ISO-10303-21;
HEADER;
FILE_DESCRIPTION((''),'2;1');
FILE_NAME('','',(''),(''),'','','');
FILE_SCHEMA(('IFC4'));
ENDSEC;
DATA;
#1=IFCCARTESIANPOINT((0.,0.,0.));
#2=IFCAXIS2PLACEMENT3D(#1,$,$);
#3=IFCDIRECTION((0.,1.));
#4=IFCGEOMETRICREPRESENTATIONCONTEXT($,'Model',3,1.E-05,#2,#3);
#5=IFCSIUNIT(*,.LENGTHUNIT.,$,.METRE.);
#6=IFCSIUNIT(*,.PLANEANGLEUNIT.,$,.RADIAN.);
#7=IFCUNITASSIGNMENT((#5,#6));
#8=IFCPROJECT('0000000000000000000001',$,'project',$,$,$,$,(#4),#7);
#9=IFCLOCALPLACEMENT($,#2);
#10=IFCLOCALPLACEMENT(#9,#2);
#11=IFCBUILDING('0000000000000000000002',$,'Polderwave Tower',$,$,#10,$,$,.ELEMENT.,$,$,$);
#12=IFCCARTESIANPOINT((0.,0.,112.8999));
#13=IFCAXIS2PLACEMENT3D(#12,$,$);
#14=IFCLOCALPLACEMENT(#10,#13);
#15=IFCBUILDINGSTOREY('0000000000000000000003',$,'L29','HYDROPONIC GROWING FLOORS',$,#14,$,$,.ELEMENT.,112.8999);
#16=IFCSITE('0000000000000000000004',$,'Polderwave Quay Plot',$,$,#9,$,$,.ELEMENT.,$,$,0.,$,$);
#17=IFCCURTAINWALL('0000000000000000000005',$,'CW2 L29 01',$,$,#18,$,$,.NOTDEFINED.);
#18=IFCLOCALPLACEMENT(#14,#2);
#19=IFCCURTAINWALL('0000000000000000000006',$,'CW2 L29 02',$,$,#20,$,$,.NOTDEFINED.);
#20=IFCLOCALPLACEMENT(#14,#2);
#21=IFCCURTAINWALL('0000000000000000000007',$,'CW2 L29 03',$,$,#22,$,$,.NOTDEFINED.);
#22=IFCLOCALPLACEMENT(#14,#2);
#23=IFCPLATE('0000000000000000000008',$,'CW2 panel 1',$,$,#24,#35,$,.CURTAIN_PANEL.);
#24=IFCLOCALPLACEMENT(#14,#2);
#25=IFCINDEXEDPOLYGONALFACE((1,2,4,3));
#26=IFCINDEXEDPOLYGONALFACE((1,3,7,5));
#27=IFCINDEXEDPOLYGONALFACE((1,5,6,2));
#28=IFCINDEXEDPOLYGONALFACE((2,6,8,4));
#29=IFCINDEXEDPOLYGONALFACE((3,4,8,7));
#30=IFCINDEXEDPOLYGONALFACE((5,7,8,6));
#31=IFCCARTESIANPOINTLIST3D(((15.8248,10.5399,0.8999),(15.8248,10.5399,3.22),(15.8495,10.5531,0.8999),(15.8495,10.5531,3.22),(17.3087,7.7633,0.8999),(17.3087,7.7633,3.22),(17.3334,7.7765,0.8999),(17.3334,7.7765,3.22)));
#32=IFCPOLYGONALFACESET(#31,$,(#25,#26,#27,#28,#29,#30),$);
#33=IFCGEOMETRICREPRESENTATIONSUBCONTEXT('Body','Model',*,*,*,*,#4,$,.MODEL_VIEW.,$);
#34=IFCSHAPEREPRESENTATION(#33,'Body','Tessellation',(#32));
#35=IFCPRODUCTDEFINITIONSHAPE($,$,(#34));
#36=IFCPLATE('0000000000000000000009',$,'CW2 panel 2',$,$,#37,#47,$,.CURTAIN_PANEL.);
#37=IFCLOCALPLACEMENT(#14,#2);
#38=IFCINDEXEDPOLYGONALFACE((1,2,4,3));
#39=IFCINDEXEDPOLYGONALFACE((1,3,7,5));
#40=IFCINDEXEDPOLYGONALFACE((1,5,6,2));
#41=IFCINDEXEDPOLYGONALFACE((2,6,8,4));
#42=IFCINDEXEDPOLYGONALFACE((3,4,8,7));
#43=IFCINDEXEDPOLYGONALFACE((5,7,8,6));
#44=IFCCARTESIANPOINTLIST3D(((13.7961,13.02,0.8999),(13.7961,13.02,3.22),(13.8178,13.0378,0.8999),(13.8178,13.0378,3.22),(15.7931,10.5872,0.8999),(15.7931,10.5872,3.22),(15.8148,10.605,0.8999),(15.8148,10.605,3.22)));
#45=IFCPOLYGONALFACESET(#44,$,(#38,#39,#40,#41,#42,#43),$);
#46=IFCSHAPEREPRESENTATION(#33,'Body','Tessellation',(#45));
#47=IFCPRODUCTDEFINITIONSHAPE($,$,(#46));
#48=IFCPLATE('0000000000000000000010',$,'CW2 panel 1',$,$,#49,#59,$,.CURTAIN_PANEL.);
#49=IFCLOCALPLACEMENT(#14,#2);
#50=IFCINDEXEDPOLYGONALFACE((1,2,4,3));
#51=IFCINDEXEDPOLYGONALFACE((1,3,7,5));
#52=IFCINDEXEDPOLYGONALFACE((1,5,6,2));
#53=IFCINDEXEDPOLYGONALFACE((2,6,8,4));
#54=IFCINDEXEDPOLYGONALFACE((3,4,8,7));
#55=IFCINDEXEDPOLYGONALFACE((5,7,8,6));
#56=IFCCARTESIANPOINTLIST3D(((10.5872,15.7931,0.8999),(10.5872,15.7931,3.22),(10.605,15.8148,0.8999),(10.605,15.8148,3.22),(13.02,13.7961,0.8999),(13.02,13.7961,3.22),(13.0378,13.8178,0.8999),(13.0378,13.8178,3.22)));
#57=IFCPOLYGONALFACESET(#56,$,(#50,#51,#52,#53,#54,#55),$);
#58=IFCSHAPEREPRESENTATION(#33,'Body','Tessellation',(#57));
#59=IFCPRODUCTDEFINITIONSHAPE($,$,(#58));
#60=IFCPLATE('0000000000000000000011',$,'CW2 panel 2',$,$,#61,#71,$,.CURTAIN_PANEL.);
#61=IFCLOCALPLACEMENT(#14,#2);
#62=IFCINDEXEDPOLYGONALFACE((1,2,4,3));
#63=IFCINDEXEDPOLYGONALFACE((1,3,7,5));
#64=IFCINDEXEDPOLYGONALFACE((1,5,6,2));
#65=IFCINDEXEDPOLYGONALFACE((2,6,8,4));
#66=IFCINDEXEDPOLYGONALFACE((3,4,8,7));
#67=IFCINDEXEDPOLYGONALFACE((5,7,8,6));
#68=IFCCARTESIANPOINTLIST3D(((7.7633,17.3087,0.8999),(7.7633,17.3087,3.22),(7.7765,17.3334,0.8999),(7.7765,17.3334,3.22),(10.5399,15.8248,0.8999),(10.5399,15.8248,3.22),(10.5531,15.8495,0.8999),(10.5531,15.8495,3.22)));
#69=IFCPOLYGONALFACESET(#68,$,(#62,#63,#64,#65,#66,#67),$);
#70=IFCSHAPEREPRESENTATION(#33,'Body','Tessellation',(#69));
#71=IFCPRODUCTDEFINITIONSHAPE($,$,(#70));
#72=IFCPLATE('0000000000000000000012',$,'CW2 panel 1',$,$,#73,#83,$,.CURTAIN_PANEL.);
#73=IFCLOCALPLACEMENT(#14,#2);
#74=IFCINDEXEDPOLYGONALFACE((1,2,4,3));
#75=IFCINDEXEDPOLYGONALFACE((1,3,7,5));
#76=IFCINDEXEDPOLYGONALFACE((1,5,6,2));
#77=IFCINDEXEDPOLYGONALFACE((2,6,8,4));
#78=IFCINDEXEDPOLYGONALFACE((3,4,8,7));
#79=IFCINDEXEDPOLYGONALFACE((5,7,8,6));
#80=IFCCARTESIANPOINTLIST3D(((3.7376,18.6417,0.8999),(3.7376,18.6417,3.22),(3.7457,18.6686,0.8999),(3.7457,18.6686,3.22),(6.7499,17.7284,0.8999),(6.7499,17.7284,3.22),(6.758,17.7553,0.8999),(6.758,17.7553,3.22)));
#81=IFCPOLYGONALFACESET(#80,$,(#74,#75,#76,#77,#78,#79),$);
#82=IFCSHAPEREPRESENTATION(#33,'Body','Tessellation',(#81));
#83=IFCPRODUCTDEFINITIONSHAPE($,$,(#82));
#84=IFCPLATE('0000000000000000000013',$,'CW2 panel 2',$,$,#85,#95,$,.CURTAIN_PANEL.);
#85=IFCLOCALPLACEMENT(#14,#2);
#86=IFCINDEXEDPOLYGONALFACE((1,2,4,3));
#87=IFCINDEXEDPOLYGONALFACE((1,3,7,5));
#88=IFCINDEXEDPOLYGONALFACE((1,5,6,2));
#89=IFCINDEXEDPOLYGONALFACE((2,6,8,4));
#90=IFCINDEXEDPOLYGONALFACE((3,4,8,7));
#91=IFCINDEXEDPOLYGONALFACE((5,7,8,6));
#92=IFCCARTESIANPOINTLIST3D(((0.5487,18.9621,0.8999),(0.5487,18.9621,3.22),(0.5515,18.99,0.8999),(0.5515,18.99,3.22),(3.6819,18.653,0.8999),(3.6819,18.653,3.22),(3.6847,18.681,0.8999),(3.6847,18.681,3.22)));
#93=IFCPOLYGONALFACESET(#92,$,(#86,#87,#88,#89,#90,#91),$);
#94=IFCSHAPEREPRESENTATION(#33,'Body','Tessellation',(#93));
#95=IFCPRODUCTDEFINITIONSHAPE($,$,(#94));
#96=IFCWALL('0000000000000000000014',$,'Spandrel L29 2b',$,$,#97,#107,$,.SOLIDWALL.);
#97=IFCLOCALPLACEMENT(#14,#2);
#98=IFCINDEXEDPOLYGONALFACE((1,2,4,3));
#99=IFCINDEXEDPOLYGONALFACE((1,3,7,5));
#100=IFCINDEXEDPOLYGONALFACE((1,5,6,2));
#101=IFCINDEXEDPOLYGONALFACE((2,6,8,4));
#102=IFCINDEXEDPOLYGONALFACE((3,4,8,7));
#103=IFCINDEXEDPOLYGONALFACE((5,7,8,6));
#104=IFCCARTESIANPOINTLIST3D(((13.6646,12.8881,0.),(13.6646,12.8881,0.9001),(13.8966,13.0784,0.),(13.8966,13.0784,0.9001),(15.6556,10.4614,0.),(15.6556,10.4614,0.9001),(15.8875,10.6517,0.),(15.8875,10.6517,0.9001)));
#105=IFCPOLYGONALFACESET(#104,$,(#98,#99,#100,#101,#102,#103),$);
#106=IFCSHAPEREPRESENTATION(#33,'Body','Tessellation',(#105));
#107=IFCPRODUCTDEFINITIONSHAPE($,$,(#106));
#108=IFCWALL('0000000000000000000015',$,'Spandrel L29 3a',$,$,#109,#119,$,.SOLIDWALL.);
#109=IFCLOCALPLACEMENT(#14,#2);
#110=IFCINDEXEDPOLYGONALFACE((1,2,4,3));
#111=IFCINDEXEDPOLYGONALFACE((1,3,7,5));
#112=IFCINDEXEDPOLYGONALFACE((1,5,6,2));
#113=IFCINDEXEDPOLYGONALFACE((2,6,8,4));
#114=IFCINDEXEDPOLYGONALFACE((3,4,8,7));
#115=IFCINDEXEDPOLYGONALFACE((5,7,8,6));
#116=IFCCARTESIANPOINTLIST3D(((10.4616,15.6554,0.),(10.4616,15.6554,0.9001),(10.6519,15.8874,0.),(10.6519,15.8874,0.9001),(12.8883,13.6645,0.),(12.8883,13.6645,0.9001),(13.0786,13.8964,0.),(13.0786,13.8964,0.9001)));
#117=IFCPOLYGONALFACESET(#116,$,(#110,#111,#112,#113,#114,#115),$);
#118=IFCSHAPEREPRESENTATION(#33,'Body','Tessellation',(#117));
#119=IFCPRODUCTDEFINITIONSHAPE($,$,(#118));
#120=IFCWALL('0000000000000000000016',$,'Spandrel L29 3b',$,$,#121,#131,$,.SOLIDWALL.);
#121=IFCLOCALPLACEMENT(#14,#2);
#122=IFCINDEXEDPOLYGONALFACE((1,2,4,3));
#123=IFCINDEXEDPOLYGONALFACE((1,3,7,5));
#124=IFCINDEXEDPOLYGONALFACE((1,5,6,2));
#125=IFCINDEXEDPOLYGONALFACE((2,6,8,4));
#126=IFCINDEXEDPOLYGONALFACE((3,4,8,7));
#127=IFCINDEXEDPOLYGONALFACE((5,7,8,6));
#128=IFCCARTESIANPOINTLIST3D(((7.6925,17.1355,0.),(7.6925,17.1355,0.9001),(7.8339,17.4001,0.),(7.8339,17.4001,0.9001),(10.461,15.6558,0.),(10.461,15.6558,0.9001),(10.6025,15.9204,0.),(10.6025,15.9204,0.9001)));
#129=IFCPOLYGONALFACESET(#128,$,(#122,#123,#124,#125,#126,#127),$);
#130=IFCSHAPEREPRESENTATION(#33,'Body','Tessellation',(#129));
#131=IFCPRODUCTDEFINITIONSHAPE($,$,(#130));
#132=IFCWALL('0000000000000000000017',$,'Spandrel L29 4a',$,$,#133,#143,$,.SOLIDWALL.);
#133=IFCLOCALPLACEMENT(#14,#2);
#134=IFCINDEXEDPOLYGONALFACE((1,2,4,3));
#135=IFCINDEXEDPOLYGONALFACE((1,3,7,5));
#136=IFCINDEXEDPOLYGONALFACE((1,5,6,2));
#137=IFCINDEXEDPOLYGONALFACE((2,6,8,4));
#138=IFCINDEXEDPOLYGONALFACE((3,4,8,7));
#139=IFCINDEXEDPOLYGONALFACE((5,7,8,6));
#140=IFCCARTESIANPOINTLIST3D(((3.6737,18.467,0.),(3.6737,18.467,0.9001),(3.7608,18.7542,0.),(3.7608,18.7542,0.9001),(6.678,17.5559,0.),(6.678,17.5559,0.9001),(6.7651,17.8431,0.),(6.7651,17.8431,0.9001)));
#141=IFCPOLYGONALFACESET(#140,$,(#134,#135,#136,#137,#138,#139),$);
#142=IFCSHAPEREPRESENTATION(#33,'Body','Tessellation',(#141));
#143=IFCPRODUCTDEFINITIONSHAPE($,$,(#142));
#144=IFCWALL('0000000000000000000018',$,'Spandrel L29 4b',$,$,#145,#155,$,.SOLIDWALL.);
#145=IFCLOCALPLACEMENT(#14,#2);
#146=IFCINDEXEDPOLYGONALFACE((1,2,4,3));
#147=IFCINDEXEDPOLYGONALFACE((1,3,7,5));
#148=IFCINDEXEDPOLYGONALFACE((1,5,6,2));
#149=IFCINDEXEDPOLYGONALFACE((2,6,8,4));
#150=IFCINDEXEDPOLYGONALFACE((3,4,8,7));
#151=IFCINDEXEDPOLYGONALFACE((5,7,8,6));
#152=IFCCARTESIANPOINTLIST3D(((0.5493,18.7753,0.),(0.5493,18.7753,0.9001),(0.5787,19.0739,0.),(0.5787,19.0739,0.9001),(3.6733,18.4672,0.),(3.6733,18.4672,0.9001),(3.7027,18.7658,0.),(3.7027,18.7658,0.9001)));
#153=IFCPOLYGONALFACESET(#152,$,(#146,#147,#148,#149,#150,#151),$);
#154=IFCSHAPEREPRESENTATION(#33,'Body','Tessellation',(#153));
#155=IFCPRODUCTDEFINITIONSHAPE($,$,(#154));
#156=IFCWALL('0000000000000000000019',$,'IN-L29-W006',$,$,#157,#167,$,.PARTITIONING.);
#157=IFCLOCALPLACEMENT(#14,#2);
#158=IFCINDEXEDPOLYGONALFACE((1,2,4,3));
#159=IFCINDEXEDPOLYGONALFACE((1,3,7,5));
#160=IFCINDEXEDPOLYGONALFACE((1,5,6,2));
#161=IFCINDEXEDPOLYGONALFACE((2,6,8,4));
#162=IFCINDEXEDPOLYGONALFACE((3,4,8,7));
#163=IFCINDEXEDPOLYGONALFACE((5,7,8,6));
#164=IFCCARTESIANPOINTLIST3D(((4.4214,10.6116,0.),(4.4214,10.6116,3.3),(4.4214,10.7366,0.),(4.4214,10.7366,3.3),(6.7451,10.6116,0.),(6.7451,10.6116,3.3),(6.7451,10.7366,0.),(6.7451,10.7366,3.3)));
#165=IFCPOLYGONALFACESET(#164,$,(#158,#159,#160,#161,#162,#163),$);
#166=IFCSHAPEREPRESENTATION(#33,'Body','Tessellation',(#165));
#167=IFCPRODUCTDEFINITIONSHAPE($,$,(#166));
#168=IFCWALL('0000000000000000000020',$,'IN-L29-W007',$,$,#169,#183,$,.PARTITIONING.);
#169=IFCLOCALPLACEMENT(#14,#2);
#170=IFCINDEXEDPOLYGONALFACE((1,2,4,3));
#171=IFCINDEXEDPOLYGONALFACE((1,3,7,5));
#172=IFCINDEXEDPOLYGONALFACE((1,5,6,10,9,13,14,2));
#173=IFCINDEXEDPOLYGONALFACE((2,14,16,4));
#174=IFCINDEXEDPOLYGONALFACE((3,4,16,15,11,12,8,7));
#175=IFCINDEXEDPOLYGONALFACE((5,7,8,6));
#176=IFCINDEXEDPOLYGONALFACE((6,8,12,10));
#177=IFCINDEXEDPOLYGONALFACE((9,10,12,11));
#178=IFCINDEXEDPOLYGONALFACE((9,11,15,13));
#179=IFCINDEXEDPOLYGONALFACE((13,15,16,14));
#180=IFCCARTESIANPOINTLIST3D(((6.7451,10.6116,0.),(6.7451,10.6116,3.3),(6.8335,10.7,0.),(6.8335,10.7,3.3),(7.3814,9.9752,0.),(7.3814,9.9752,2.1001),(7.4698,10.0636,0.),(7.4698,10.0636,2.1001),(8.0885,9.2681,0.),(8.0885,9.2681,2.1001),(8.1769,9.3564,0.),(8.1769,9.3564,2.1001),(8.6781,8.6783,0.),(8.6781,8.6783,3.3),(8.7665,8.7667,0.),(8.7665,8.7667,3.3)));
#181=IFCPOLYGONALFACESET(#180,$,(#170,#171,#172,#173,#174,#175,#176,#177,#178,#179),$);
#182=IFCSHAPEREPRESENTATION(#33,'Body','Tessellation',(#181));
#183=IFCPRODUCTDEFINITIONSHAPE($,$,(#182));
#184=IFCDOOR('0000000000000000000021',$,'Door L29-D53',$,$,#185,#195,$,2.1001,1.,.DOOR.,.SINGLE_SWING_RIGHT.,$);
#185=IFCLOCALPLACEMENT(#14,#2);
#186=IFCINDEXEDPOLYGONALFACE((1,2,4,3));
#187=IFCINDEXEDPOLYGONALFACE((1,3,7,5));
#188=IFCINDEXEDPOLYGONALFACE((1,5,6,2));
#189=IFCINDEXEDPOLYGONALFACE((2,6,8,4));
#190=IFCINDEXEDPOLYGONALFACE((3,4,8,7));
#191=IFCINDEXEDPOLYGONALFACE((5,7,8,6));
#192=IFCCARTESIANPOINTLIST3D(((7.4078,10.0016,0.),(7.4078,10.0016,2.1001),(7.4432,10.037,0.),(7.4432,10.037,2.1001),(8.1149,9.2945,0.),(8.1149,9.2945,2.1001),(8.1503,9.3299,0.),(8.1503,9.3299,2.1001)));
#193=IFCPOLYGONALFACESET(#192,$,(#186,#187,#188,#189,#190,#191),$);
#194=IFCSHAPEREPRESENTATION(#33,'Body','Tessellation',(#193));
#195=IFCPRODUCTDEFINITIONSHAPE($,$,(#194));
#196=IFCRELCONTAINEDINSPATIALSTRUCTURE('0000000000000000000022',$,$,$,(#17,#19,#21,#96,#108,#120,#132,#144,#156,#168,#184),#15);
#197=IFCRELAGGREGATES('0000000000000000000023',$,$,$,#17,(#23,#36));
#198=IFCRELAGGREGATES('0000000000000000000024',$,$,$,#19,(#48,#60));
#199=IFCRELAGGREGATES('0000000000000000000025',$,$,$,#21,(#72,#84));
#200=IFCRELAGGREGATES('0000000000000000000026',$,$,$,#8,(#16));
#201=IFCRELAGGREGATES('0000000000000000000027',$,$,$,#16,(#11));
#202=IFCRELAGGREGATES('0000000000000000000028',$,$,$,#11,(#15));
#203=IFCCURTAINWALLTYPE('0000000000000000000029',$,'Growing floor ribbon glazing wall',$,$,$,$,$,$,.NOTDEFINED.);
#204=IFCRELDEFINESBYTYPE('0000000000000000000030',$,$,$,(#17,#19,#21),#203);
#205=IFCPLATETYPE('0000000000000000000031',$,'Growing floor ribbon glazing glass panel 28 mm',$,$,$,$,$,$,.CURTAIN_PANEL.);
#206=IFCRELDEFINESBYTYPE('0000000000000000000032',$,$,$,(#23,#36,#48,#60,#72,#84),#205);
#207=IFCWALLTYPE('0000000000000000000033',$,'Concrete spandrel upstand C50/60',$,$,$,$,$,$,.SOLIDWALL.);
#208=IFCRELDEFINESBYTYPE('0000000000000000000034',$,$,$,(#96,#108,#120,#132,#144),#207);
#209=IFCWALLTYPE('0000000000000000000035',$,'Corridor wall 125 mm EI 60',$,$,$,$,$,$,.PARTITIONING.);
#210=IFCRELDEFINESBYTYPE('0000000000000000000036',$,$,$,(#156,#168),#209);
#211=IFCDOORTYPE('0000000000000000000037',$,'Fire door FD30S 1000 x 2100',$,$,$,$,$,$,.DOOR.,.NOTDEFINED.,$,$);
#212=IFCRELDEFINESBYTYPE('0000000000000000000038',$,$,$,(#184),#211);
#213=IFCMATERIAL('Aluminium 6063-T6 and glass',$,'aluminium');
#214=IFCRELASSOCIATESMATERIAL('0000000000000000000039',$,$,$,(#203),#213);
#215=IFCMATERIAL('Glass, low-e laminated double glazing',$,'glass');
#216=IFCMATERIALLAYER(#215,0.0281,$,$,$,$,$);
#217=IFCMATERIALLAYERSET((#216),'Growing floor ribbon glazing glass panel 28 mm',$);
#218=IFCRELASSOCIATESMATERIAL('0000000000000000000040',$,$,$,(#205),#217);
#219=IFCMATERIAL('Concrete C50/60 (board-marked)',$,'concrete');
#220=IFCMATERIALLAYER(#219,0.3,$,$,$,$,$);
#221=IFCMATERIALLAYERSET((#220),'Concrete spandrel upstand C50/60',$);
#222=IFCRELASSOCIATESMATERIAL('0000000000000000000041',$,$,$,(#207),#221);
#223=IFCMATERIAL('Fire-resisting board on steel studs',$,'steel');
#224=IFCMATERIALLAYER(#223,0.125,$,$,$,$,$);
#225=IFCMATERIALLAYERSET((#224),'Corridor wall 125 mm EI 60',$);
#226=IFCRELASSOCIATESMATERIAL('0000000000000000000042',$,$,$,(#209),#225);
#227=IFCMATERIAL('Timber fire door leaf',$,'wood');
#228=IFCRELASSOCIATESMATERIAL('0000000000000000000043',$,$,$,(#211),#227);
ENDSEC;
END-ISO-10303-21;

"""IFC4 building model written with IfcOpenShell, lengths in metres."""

from ifc_helpers import new_model, si_unit, direction, frame, frame_2d, origin, origin_2d, place, context, subcontext, project, spatial, rectangle, extrude, material, layer, layer_set, type_object, element, fill, aggregate, save


model = new_model("IFC4")

# Units and contexts
model_context = context("Model", 3, precision=1e-05, world=origin(), true_north=direction((0.0, 1.0)))
body_context = subcontext(model_context, "Body", "Model", "MODEL_VIEW")
ifc_project = project(units=[si_unit("LENGTHUNIT", "METRE"), si_unit("PLANEANGLEUNIT", "RADIAN")], contexts=[model_context])

# Site, building, storey
site_placement = place(None, origin())
site = spatial("IfcSite", under=ifc_project, at=site_placement, Name="Polderwave Quay Plot", CompositionType="ELEMENT", RefElevation=0.0)
building_placement = place(site_placement, origin())
building = spatial("IfcBuilding", under=site, at=building_placement, Name="Polderwave Tower", CompositionType="ELEMENT")
storey_placement = place(building_placement, frame((0.0, 0.0, 112.8999)))
storey = spatial("IfcBuildingStorey", under=building, at=storey_placement, Name="L29", Description="HYDROPONIC GROWING FLOORS", CompositionType="ELEMENT", Elevation=112.8999)

# Curtain walls
ifc_material_1 = material(Name="Aluminium 6063-T6 and glass", Category="aluminium")
curtain_wall_type = type_object("IfcCurtainWallType", Name="Growing floor ribbon glazing wall", PredefinedType="NOTDEFINED", material=ifc_material_1)
curtain_wall_1_placement = place(storey_placement, origin())
curtain_wall_1 = element("IfcCurtainWall", 1, at=curtain_wall_1_placement, inside=storey, type_object=curtain_wall_type, Name="CW2 L29 01", PredefinedType="NOTDEFINED")
curtain_wall_2_placement = place(storey_placement, origin())
curtain_wall_2 = element("IfcCurtainWall", 2, at=curtain_wall_2_placement, inside=storey, type_object=curtain_wall_type, Name="CW2 L29 02", PredefinedType="NOTDEFINED")
curtain_wall_3_placement = place(storey_placement, origin())
curtain_wall_3 = element("IfcCurtainWall", 3, at=curtain_wall_3_placement, inside=storey, type_object=curtain_wall_type, Name="CW2 L29 03", PredefinedType="NOTDEFINED")

# Plates
ifc_material_2 = material(Name="Glass, low-e laminated double glazing", Category="glass")
ifc_layer_1 = layer(ifc_material_2, 0.0281)
ifc_layer_set_1 = layer_set([ifc_layer_1], Name="Growing floor ribbon glazing glass panel 28 mm")
plate_type = type_object("IfcPlateType", Name="Growing floor ribbon glazing glass panel 28 mm", PredefinedType="CURTAIN_PANEL", material=ifc_layer_set_1)
plate_1_placement = place(storey_placement, frame((16.5791, 9.1582, 0.8999), z_axis=(0.0, 0.0, 1.0), x_axis=(-0.47134, 0.881952, 0.0)))
plate_1 = element("IfcPlate", 4, at=plate_1_placement, type_object=plate_type, Name="CW2 panel 1", PredefinedType="CURTAIN_PANEL", context=body_context, shape_type="SweptSolid", body=[
    extrude(rectangle(XDim=3.1482, YDim=0.0281, at=origin_2d()), origin(), (0.0, 0.0, 1.0), 2.3201),
])
plate_2_placement = place(storey_placement, frame((14.8054, 11.8125, 0.8999), z_axis=(0.0, 0.0, 1.0), x_axis=(-0.634472, 0.772946, 0.0)))
plate_2 = element("IfcPlate", 5, at=plate_2_placement, type_object=plate_type, Name="CW2 panel 2", PredefinedType="CURTAIN_PANEL", context=body_context, shape_type="SweptSolid", body=[
    extrude(rectangle(XDim=3.1475, YDim=0.0281, at=origin_2d()), origin(), (0.0, 0.0, 1.0), 2.3201),
])
aggregate(curtain_wall_1, [plate_1, plate_2])
plate_3_placement = place(storey_placement, frame((11.8125, 14.8054, 0.8999), z_axis=(0.0, 0.0, 1.0), x_axis=(-0.772946, 0.634472, 0.0)))
plate_3 = element("IfcPlate", 6, at=plate_3_placement, type_object=plate_type, Name="CW2 panel 1", PredefinedType="CURTAIN_PANEL", context=body_context, shape_type="SweptSolid", body=[
    extrude(rectangle(XDim=3.1475, YDim=0.0281, at=origin_2d()), origin(), (0.0, 0.0, 1.0), 2.3201),
])
plate_4_placement = place(storey_placement, frame((9.1582, 16.5791, 0.8999), z_axis=(0.0, 0.0, 1.0), x_axis=(-0.881952, 0.47134, 0.0)))
plate_4 = element("IfcPlate", 7, at=plate_4_placement, type_object=plate_type, Name="CW2 panel 2", PredefinedType="CURTAIN_PANEL", context=body_context, shape_type="SweptSolid", body=[
    extrude(rectangle(XDim=3.1482, YDim=0.0281, at=origin_2d()), origin(), (0.0, 0.0, 1.0), 2.3201),
])
aggregate(curtain_wall_2, [plate_3, plate_4])
plate_5_placement = place(storey_placement, frame((5.2478, 18.1985, 0.8999), z_axis=(0.0, 0.0, 1.0), x_axis=(-0.956982, 0.290148, 0.0)))
plate_5 = element("IfcPlate", 8, at=plate_5_placement, type_object=plate_type, Name="CW2 panel 1", PredefinedType="CURTAIN_PANEL", context=body_context, shape_type="SweptSolid", body=[
    extrude(rectangle(XDim=3.1477, YDim=0.0281, at=origin_2d()), origin(), (0.0, 0.0, 1.0), 2.3201),
])
plate_6_placement = place(storey_placement, frame((2.1167, 18.8215, 0.8999), z_axis=(0.0, 0.0, 1.0), x_axis=(-0.99517, 0.098165, 0.0)))
plate_6 = element("IfcPlate", 9, at=plate_6_placement, type_object=plate_type, Name="CW2 panel 2", PredefinedType="CURTAIN_PANEL", context=body_context, shape_type="SweptSolid", body=[
    extrude(rectangle(XDim=3.1484, YDim=0.0281, at=origin_2d()), origin(), (0.0, 0.0, 1.0), 2.3201),
])
aggregate(curtain_wall_3, [plate_5, plate_6])

# Walls
ifc_material_3 = material(Name="Concrete C50/60 (board-marked)", Category="concrete")
ifc_layer_2 = layer(ifc_material_3, 0.3)
ifc_layer_set_2 = layer_set([ifc_layer_2], Name="Concrete spandrel upstand C50/60")
wall_type_1 = type_object("IfcWallType", Name="Concrete spandrel upstand C50/60", PredefinedType="SOLIDWALL", material=ifc_layer_set_2)
for number, where, z_axis, x_axis, name in (
    (10, (15.7715, 10.5566, 0.0), (0.0, 0.0, 1.0), (-0.634275, 0.773108, 0.0), "Spandrel L29 2b"),
    (11, (12.9834, 13.7805, 0.0), (0.0, 0.0, 1.0), (-0.773108, 0.634275, 0.0), "Spandrel L29 3a"),
):
    element("IfcWall", number, at=place(storey_placement, frame(where, z_axis=z_axis, x_axis=x_axis)), inside=storey, type_object=wall_type_1, Name=name, PredefinedType="SOLIDWALL", context=body_context, shape_type="SweptSolid", body=[
        extrude(rectangle(XDim=3.1389, YDim=0.3, at=frame_2d((1.5693, 0.0))), origin(), (0.0, 0.0, 1.0), 0.9001),
    ])
wall_1_placement = place(storey_placement, frame((10.5317, 15.7881, 0.0), z_axis=(0.0, 0.0, 1.0), x_axis=(-0.881933, 0.471375, 0.0)))
element("IfcWall", 12, at=wall_1_placement, inside=storey, type_object=wall_type_1, Name="Spandrel L29 3b", PredefinedType="SOLIDWALL", context=body_context, shape_type="SweptSolid", body=[
    extrude(rectangle(XDim=3.1392, YDim=0.3, at=frame_2d((1.5696, 0.0))), origin(), (0.0, 0.0, 1.0), 0.9001),
])
wall_2_placement = place(storey_placement, frame((6.7217, 17.6995, 0.0), z_axis=(0.0, 0.0, 1.0), x_axis=(-0.956962, 0.290215, 0.0)))
element("IfcWall", 13, at=wall_2_placement, inside=storey, type_object=wall_type_1, Name="Spandrel L29 4a", PredefinedType="SOLIDWALL", context=body_context, shape_type="SweptSolid", body=[
    extrude(rectangle(XDim=3.1394, YDim=0.3, at=frame_2d((1.5698, 0.0))), origin(), (0.0, 0.0, 1.0), 0.9001),
])
wall_3_placement = place(storey_placement, frame((3.688, 18.6165, 0.0), z_axis=(0.0, 0.0, 1.0), x_axis=(-0.995172, 0.098148, 0.0)))
element("IfcWall", 14, at=wall_3_placement, inside=storey, type_object=wall_type_1, Name="Spandrel L29 4b", PredefinedType="SOLIDWALL", context=body_context, shape_type="SweptSolid", body=[
    extrude(rectangle(XDim=3.1392, YDim=0.3, at=frame_2d((1.5696, 0.0))), origin(), (0.0, 0.0, 1.0), 0.9001),
])
ifc_material_4 = material(Name="Fire-resisting board on steel studs", Category="steel")
ifc_layer_3 = layer(ifc_material_4, 0.125)
ifc_layer_set_3 = layer_set([ifc_layer_3], Name="Corridor wall 125 mm EI 60")
wall_type_2 = type_object("IfcWallType", Name="Corridor wall 125 mm EI 60", PredefinedType="PARTITIONING", material=ifc_layer_set_3)
wall_4_placement = place(storey_placement, frame((4.4214, 10.6741, 0.0), z_axis=(0.0, 0.0, 1.0), x_axis=(1.0, 0.0, 0.0)))
element("IfcWall", 15, at=wall_4_placement, inside=storey, type_object=wall_type_2, Name="IN-L29-W006", PredefinedType="PARTITIONING", context=body_context, shape_type="SweptSolid", body=[
    extrude(rectangle(XDim=2.3237, YDim=0.125, at=frame_2d((1.1619, 0.0))), origin(), (0.0, 0.0, 1.0), 3.3),
])

# Wall, opening, door
wall_5_placement = place(storey_placement, frame((6.7893, 10.6558, 0.0), z_axis=(0.0, 0.0, 1.0), x_axis=(0.707062, -0.707151, 0.0)))
wall_5 = element("IfcWall", 16, at=wall_5_placement, inside=storey, type_object=wall_type_2, Name="IN-L29-W007", PredefinedType="PARTITIONING", context=body_context, shape_type="SweptSolid", body=[
    extrude(rectangle(XDim=2.7339, YDim=0.125, at=frame_2d((1.3669, 0.0))), origin(), (0.0, 0.0, 1.0), 3.3),
])
opening_1_placement = place(wall_5_placement, frame((0.8999, 0.0, 0.0)))
opening_1 = element("IfcOpeningElement", 17, at=opening_1_placement, cuts=wall_5, PredefinedType="OPENING", context=body_context, shape_type="SweptSolid", body=[
    extrude(rectangle(XDim=1.0, YDim=2.1001, at=frame_2d((0.5, 1.05))), frame((0.0, 0.0725, 0.0), z_axis=(0.0, -1.0, 0.0), x_axis=(1.0, 0.0, 0.0)), (0.0, 0.0, 1.0), 0.145),
])
ifc_material_5 = material(Name="Timber fire door leaf", Category="wood")
door_type = type_object("IfcDoorType", Name="Fire door FD30S 1000 x 2100", OperationType="NOTDEFINED", PredefinedType="DOOR", material=ifc_material_5)
door_1_placement = place(opening_1_placement, origin())
door_1 = element("IfcDoor", 18, at=door_1_placement, inside=storey, type_object=door_type, Name="Door L29-D53", OperationType="SINGLE_SWING_RIGHT", OverallHeight=2.1001, OverallWidth=1.0, PredefinedType="DOOR", context=body_context, shape_type="SweptSolid", body=[
    extrude(rectangle(XDim=1.0, YDim=2.1001, at=frame_2d((0.5, 1.05))), frame((0.0, 0.0249, 0.0), z_axis=(0.0, -1.0, 0.0), x_axis=(1.0, 0.0, 0.0)), (0.0, 0.0, 1.0), 0.05),
])
fill(opening_1, door_1)

save(model, "model.ifc")
